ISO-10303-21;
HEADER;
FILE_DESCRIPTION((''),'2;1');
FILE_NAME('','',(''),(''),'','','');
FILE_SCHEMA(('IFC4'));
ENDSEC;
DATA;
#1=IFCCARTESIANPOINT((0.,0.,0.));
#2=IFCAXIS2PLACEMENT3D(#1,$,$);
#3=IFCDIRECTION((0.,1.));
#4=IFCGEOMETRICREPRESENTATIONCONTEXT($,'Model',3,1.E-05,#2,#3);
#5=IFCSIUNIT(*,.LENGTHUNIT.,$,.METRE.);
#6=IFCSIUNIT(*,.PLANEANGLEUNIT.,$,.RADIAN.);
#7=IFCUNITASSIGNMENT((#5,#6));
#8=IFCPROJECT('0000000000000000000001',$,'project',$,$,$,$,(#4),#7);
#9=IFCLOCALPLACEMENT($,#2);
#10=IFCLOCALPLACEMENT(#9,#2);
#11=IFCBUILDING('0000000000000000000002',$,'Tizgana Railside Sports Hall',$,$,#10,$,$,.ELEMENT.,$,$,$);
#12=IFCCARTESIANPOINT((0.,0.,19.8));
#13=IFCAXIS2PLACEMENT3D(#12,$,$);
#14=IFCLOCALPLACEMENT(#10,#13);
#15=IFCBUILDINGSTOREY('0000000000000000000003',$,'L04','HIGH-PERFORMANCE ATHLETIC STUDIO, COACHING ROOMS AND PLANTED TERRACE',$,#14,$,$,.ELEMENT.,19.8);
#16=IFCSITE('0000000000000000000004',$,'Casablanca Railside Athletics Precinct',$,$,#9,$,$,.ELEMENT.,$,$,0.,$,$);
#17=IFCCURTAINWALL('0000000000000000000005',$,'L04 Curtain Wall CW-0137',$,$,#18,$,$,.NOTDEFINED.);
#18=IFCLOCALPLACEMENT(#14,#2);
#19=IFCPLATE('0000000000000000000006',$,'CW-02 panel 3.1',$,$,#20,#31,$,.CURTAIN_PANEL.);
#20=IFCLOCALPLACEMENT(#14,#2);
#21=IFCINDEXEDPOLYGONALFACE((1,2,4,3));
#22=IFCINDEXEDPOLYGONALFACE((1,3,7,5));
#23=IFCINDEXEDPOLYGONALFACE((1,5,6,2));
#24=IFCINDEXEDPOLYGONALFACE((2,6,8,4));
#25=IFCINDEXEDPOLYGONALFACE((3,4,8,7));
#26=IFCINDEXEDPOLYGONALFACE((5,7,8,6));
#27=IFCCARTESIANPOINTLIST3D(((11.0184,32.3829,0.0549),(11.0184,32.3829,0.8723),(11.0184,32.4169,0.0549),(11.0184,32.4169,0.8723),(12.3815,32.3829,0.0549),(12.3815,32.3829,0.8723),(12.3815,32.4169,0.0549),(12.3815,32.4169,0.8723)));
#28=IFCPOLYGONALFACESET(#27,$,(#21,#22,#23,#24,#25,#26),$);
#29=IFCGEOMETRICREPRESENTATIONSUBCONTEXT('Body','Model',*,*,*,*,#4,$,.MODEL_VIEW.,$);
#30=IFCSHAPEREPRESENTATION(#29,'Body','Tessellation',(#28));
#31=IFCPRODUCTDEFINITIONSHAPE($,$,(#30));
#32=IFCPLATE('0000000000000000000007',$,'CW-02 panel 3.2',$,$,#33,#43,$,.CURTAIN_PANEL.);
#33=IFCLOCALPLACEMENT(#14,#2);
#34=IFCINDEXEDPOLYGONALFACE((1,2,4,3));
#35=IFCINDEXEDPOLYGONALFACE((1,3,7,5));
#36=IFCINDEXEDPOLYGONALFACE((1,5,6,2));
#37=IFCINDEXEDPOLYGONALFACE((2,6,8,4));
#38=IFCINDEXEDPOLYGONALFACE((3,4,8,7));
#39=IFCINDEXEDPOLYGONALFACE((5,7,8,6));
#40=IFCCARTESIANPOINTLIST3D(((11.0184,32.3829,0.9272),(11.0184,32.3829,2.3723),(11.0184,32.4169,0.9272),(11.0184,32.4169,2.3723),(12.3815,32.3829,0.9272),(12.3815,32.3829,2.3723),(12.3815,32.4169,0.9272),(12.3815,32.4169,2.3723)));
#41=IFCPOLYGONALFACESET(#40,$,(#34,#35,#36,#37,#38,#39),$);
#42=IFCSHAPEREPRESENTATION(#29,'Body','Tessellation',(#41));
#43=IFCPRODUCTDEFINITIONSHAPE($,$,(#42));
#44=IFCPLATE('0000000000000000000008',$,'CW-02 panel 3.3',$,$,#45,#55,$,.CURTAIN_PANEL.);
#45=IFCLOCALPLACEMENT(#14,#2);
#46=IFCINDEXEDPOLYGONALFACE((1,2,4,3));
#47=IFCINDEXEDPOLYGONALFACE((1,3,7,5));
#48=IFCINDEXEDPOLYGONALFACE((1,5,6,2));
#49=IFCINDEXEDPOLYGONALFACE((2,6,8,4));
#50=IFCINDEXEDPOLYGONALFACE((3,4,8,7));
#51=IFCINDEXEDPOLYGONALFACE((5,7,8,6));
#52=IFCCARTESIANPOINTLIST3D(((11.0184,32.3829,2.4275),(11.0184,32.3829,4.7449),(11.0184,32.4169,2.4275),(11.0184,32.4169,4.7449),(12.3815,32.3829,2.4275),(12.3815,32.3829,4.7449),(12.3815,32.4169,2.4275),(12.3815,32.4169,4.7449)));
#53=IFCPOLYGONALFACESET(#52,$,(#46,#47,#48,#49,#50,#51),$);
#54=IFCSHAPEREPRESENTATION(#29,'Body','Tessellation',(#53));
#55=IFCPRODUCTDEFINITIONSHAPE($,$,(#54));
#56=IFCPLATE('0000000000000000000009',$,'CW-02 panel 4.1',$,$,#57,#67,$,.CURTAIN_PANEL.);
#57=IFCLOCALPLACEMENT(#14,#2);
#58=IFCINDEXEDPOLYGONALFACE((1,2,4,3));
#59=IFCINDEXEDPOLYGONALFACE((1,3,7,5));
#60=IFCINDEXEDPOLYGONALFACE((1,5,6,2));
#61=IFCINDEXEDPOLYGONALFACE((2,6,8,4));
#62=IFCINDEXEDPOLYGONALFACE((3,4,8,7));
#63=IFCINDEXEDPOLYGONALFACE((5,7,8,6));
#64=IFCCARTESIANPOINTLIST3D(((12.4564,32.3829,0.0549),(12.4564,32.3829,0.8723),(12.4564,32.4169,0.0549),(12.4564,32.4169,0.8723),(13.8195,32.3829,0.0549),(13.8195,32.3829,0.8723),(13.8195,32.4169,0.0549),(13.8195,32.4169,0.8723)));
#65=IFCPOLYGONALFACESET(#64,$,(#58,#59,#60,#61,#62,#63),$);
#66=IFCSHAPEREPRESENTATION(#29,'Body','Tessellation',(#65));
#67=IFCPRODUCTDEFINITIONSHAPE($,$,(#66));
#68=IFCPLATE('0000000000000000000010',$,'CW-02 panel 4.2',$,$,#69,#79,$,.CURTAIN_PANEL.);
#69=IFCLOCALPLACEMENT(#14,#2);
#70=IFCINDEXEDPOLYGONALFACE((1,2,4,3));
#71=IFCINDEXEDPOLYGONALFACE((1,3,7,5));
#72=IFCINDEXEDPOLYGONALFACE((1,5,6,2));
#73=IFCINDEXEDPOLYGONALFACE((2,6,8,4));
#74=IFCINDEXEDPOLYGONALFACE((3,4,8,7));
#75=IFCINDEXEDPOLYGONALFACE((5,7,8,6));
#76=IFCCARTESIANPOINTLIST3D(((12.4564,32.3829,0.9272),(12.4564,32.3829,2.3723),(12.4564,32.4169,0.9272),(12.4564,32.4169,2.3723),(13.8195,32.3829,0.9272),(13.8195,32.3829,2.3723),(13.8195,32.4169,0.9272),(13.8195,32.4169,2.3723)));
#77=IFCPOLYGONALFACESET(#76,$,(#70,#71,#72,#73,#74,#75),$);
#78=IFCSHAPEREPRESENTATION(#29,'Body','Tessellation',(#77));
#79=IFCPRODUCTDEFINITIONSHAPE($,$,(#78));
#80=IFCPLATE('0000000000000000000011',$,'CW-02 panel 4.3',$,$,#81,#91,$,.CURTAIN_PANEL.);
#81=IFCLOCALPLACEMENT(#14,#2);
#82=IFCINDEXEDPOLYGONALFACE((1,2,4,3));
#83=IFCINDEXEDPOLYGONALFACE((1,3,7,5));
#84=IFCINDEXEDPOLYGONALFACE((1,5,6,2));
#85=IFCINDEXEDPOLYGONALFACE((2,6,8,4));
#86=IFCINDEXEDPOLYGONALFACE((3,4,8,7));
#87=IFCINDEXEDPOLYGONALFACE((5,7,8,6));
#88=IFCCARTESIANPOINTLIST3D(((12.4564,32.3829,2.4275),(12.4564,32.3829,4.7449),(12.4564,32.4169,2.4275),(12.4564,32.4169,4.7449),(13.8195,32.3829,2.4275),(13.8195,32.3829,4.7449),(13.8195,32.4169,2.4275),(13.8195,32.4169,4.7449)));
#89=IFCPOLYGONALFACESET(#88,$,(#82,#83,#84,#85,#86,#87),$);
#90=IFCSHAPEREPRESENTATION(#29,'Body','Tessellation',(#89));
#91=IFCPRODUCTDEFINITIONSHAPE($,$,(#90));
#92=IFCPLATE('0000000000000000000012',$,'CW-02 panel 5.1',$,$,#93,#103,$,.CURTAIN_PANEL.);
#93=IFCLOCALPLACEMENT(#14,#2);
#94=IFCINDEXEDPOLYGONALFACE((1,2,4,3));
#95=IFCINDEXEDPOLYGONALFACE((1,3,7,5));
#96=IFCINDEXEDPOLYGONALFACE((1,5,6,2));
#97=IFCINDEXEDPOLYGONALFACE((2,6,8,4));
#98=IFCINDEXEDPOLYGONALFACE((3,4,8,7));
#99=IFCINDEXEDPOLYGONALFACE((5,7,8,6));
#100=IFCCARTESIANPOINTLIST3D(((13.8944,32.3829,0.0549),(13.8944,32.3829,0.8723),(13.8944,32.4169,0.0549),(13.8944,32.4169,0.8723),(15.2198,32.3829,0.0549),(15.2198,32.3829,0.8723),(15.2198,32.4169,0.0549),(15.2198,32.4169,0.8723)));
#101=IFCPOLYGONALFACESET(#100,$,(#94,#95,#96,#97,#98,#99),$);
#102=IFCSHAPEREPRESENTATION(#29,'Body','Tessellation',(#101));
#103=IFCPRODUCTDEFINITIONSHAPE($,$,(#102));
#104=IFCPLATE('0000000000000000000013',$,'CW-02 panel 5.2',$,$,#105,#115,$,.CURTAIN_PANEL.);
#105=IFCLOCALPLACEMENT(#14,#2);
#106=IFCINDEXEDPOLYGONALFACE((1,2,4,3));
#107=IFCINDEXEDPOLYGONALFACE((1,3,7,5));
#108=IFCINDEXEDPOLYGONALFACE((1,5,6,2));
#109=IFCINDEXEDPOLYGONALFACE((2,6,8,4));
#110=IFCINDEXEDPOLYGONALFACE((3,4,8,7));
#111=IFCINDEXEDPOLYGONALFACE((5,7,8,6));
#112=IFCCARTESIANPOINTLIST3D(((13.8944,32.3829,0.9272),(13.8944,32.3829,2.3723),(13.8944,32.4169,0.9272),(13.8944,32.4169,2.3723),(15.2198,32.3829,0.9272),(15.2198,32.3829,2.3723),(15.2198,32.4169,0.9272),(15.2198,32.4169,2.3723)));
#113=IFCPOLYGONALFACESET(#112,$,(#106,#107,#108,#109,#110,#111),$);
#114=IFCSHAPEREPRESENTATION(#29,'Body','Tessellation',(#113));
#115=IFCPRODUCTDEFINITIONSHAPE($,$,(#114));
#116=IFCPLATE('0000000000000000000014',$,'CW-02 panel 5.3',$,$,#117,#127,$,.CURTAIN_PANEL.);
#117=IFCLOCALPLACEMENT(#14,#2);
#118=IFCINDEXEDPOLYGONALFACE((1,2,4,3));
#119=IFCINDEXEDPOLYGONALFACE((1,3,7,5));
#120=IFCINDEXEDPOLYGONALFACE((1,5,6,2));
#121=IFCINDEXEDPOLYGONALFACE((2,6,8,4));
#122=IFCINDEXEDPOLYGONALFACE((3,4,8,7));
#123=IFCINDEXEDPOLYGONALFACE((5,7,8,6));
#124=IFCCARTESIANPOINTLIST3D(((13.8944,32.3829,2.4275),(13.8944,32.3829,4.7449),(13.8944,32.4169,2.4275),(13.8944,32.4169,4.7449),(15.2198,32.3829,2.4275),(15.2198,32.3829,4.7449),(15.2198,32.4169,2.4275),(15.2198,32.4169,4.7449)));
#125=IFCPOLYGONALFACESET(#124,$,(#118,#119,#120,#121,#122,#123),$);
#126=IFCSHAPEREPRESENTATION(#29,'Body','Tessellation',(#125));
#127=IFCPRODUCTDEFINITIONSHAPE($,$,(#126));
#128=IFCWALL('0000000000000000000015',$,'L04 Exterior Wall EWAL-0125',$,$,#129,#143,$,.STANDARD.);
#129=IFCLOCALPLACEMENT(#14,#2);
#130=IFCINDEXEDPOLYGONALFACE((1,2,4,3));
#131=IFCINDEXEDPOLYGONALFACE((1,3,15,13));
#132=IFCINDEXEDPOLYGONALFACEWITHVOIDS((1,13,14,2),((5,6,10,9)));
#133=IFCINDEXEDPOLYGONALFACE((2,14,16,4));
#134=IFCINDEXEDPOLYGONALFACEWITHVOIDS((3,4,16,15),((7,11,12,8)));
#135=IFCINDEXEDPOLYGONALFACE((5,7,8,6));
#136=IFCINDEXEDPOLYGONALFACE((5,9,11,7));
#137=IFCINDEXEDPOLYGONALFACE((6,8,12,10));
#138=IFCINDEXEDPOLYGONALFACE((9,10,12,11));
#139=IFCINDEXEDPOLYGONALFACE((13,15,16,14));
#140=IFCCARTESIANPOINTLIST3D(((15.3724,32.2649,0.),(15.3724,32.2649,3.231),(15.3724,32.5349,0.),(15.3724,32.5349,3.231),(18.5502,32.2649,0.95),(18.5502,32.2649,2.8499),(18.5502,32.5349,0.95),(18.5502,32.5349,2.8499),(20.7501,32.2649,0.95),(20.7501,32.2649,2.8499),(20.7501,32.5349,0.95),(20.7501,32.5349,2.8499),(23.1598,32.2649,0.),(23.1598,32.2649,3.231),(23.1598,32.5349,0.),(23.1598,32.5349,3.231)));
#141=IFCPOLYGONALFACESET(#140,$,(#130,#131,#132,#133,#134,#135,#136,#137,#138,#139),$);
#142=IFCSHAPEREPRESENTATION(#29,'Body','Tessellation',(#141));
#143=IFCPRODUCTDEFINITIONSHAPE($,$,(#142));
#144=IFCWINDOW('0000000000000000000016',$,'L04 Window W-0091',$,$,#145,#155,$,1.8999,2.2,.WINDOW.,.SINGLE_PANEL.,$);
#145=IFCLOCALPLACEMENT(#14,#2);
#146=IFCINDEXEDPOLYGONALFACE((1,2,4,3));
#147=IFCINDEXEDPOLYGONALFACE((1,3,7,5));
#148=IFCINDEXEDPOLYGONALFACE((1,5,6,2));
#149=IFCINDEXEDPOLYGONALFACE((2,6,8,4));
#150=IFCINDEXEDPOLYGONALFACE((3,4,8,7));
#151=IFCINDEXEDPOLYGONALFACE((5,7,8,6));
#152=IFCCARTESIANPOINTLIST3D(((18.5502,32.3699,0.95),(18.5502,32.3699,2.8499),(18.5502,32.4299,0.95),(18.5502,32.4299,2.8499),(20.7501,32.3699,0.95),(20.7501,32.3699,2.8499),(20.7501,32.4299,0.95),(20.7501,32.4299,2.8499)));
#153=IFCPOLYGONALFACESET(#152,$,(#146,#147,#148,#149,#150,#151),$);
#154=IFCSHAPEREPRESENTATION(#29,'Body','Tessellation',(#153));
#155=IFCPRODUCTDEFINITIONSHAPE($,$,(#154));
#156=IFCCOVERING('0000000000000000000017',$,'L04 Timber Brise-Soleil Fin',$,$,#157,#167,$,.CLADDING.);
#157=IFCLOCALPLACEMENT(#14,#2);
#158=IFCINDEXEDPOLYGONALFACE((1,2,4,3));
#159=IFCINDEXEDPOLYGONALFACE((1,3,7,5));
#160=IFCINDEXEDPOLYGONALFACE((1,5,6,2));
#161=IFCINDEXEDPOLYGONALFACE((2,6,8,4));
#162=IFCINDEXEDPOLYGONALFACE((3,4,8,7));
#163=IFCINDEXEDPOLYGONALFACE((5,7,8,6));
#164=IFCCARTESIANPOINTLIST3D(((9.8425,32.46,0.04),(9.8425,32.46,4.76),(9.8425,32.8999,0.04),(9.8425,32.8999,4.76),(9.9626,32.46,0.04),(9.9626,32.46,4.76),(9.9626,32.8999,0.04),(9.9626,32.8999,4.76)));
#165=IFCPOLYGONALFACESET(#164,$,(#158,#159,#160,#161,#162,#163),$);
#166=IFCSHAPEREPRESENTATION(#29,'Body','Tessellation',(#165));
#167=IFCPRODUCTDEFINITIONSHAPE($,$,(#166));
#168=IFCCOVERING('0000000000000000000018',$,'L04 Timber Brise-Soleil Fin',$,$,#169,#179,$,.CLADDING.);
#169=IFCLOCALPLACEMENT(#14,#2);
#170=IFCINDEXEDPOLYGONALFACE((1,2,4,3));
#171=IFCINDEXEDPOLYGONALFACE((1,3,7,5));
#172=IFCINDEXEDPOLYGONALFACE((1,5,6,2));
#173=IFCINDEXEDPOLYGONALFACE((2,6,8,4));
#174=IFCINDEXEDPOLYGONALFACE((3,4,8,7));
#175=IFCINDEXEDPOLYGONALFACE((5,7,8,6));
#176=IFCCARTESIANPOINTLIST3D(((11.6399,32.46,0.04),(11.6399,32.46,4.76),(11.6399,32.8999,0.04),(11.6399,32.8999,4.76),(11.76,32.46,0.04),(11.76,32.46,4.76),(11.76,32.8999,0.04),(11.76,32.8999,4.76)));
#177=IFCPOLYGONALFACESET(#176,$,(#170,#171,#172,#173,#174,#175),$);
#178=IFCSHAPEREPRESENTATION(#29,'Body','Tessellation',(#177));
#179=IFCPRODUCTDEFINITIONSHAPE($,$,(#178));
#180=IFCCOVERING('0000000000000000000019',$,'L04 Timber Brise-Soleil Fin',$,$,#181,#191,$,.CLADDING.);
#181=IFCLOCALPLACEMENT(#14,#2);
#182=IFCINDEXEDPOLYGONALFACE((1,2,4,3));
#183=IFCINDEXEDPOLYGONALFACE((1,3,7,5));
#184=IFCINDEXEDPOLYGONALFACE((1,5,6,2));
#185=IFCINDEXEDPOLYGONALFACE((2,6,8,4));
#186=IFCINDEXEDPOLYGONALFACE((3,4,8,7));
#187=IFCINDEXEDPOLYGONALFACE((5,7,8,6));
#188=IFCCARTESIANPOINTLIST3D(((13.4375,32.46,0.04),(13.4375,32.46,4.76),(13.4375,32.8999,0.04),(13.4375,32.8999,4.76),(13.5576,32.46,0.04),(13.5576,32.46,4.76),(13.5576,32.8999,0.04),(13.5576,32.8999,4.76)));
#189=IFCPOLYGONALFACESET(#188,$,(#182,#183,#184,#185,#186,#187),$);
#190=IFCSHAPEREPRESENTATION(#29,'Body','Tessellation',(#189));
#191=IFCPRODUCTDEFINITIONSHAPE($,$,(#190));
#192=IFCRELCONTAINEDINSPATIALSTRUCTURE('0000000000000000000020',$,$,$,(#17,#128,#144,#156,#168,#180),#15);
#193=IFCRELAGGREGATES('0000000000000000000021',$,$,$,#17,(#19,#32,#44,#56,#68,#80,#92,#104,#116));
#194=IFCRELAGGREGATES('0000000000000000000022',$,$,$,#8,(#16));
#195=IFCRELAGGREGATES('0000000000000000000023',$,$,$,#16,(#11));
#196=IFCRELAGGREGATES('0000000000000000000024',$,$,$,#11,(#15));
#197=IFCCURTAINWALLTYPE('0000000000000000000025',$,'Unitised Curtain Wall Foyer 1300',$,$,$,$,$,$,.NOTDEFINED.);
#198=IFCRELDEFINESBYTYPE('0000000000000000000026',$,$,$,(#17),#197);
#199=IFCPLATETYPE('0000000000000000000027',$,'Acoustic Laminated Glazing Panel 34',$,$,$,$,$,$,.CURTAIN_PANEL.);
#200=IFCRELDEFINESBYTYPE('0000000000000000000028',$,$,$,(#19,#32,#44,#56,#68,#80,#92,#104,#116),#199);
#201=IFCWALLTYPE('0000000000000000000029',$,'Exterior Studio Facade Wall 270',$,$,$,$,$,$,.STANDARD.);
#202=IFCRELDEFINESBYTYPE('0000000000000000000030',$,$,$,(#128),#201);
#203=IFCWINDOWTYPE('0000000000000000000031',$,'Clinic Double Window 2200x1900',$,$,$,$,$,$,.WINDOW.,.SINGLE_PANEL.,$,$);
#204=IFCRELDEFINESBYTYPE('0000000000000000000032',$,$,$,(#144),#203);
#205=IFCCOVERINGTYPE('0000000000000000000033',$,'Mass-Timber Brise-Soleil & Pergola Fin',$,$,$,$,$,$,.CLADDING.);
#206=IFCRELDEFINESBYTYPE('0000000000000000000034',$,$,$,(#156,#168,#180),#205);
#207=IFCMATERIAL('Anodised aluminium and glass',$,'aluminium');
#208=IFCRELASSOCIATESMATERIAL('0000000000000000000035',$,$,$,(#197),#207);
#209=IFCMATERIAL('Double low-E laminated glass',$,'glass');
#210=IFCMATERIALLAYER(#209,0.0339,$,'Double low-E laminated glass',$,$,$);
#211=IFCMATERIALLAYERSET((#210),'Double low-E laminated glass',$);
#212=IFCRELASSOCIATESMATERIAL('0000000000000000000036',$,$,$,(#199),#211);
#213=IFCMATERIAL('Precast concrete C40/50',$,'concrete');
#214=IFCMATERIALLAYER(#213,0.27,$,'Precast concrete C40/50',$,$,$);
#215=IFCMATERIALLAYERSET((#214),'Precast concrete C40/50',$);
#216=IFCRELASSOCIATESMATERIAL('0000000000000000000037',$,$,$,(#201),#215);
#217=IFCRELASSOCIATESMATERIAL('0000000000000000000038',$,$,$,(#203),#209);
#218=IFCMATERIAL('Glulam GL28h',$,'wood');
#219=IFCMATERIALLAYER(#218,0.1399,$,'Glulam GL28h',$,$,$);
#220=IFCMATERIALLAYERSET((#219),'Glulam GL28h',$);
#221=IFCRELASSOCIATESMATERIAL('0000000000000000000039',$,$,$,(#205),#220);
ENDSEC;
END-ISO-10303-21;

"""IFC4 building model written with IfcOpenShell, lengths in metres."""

from ifc_helpers import new_model, si_unit, direction, frame, frame_2d, origin, origin_2d, place, context, subcontext, project, spatial, rectangle, extrude, material, layer, layer_set, type_object, element, fill, aggregate, save


model = new_model("IFC4")

# Units and contexts
model_context = context("Model", 3, precision=1e-05, world=origin(), true_north=direction((0.0, 1.0)))
body_context = subcontext(model_context, "Body", "Model", "MODEL_VIEW")
ifc_project = project(units=[si_unit("LENGTHUNIT", "METRE"), si_unit("PLANEANGLEUNIT", "RADIAN")], contexts=[model_context])

# Site, building, storey
site_placement = place(None, origin())
site = spatial("IfcSite", under=ifc_project, at=site_placement, Name="Casablanca Railside Athletics Precinct", CompositionType="ELEMENT", RefElevation=0.0)
building_placement = place(site_placement, origin())
building = spatial("IfcBuilding", under=site, at=building_placement, Name="Tizgana Railside Sports Hall", CompositionType="ELEMENT")
storey_placement = place(building_placement, frame((0.0, 0.0, 19.8)))
storey = spatial("IfcBuildingStorey", under=building, at=storey_placement, Name="L04", Description="HIGH-PERFORMANCE ATHLETIC STUDIO, COACHING ROOMS AND PLANTED TERRACE", CompositionType="ELEMENT", Elevation=19.8)

# Curtain wall
ifc_material_1 = material(Name="Anodised aluminium and glass", Category="aluminium")
curtain_wall_type = type_object("IfcCurtainWallType", Name="Unitised Curtain Wall Foyer 1300", PredefinedType="NOTDEFINED", material=ifc_material_1)
curtain_wall_placement = place(storey_placement, origin())
curtain_wall = element("IfcCurtainWall", 1, at=curtain_wall_placement, inside=storey, type_object=curtain_wall_type, Name="L04 Curtain Wall CW-0137", PredefinedType="NOTDEFINED")

# Plates
ifc_material_2 = material(Name="Double low-E laminated glass", Category="glass")
ifc_layer_1 = layer(ifc_material_2, 0.0339, Name="Double low-E laminated glass")
ifc_layer_set_1 = layer_set([ifc_layer_1], Name="Double low-E laminated glass")
plate_type = type_object("IfcPlateType", Name="Acoustic Laminated Glazing Panel 34", PredefinedType="CURTAIN_PANEL", material=ifc_layer_set_1)
plate_1_placement = place(storey_placement, frame((11.7, 32.3999, 0.0549), z_axis=(0.0, 0.0, 1.0), x_axis=(1.0, 0.0, 0.0)))
plate_1 = element("IfcPlate", 2, at=plate_1_placement, type_object=plate_type, Name="CW-02 panel 3.1", PredefinedType="CURTAIN_PANEL", context=body_context, shape_type="SweptSolid", body=[
    extrude(rectangle(XDim=1.363, YDim=0.0339, at=origin_2d()), origin(), (0.0, 0.0, 1.0), 0.8174),
])
plate_2_placement = place(storey_placement, frame((11.7, 32.3999, 0.9272), z_axis=(0.0, 0.0, 1.0), x_axis=(1.0, 0.0, 0.0)))
plate_2 = element("IfcPlate", 3, at=plate_2_placement, type_object=plate_type, Name="CW-02 panel 3.2", PredefinedType="CURTAIN_PANEL", context=body_context, shape_type="SweptSolid", body=[
    extrude(rectangle(XDim=1.363, YDim=0.0339, at=origin_2d()), origin(), (0.0, 0.0, 1.0), 1.4451),
])
plate_3_placement = place(storey_placement, frame((11.7, 32.3999, 2.4275), z_axis=(0.0, 0.0, 1.0), x_axis=(1.0, 0.0, 0.0)))
plate_3 = element("IfcPlate", 4, at=plate_3_placement, type_object=plate_type, Name="CW-02 panel 3.3", PredefinedType="CURTAIN_PANEL", context=body_context, shape_type="SweptSolid", body=[
    extrude(rectangle(XDim=1.363, YDim=0.0339, at=origin_2d()), origin(), (0.0, 0.0, 1.0), 2.3174),
])
plate_4_placement = place(storey_placement, frame((13.1379, 32.3999, 0.0549), z_axis=(0.0, 0.0, 1.0), x_axis=(1.0, 0.0, 0.0)))
plate_4 = element("IfcPlate", 5, at=plate_4_placement, type_object=plate_type, Name="CW-02 panel 4.1", PredefinedType="CURTAIN_PANEL", context=body_context, shape_type="SweptSolid", body=[
    extrude(rectangle(XDim=1.363, YDim=0.0339, at=origin_2d()), origin(), (0.0, 0.0, 1.0), 0.8174),
])
plate_5_placement = place(storey_placement, frame((13.1379, 32.3999, 0.9272), z_axis=(0.0, 0.0, 1.0), x_axis=(1.0, 0.0, 0.0)))
plate_5 = element("IfcPlate", 6, at=plate_5_placement, type_object=plate_type, Name="CW-02 panel 4.2", PredefinedType="CURTAIN_PANEL", context=body_context, shape_type="SweptSolid", body=[
    extrude(rectangle(XDim=1.363, YDim=0.0339, at=origin_2d()), origin(), (0.0, 0.0, 1.0), 1.4451),
])
plate_6_placement = place(storey_placement, frame((13.1379, 32.3999, 2.4275), z_axis=(0.0, 0.0, 1.0), x_axis=(1.0, 0.0, 0.0)))
plate_6 = element("IfcPlate", 7, at=plate_6_placement, type_object=plate_type, Name="CW-02 panel 4.3", PredefinedType="CURTAIN_PANEL", context=body_context, shape_type="SweptSolid", body=[
    extrude(rectangle(XDim=1.363, YDim=0.0339, at=origin_2d()), origin(), (0.0, 0.0, 1.0), 2.3174),
])
plate_7_placement = place(storey_placement, frame((14.5571, 32.3999, 0.0549), z_axis=(0.0, 0.0, 1.0), x_axis=(1.0, 0.0, 0.0)))
plate_7 = element("IfcPlate", 8, at=plate_7_placement, type_object=plate_type, Name="CW-02 panel 5.1", PredefinedType="CURTAIN_PANEL", context=body_context, shape_type="SweptSolid", body=[
    extrude(rectangle(XDim=1.3254, YDim=0.0339, at=origin_2d()), origin(), (0.0, 0.0, 1.0), 0.8174),
])
plate_8_placement = place(storey_placement, frame((14.5571, 32.3999, 0.9272), z_axis=(0.0, 0.0, 1.0), x_axis=(1.0, 0.0, 0.0)))
plate_8 = element("IfcPlate", 9, at=plate_8_placement, type_object=plate_type, Name="CW-02 panel 5.2", PredefinedType="CURTAIN_PANEL", context=body_context, shape_type="SweptSolid", body=[
    extrude(rectangle(XDim=1.3254, YDim=0.0339, at=origin_2d()), origin(), (0.0, 0.0, 1.0), 1.4451),
])
plate_9_placement = place(storey_placement, frame((14.5571, 32.3999, 2.4275), z_axis=(0.0, 0.0, 1.0), x_axis=(1.0, 0.0, 0.0)))
plate_9 = element("IfcPlate", 10, at=plate_9_placement, type_object=plate_type, Name="CW-02 panel 5.3", PredefinedType="CURTAIN_PANEL", context=body_context, shape_type="SweptSolid", body=[
    extrude(rectangle(XDim=1.3254, YDim=0.0339, at=origin_2d()), origin(), (0.0, 0.0, 1.0), 2.3174),
])
aggregate(curtain_wall, [plate_1, plate_2, plate_3, plate_4, plate_5, plate_6, plate_7, plate_8, plate_9])

# Wall, opening, window
ifc_material_3 = material(Name="Precast concrete C40/50", Category="concrete")
ifc_layer_2 = layer(ifc_material_3, 0.27, Name="Precast concrete C40/50")
ifc_layer_set_2 = layer_set([ifc_layer_2], Name="Precast concrete C40/50")
wall_type = type_object("IfcWallType", Name="Exterior Studio Facade Wall 270", PredefinedType="STANDARD", material=ifc_layer_set_2)
wall_placement = place(storey_placement, frame((15.3726, 32.3999, 0.0), z_axis=(0.0, 0.0, 1.0), x_axis=(1.0, 0.0, 0.0)))
wall = element("IfcWall", 11, at=wall_placement, inside=storey, type_object=wall_type, Name="L04 Exterior Wall EWAL-0125", PredefinedType="STANDARD", context=body_context, shape_type="SweptSolid", body=[
    extrude(rectangle(XDim=7.7874, YDim=0.27, at=frame_2d((3.8936, 0.0))), origin(), (0.0, 0.0, 1.0), 3.231),
])
opening_placement = place(wall_placement, frame((3.1775, 0.0, 0.95)))
opening = element("IfcOpeningElement", 12, at=opening_placement, cuts=wall, PredefinedType="OPENING", context=body_context, shape_type="SweptSolid", body=[
    extrude(rectangle(XDim=2.2, YDim=1.8999, at=frame_2d((1.1001, 0.95))), frame((0.0, 0.145, 0.0), z_axis=(0.0, -1.0, 0.0), x_axis=(1.0, 0.0, 0.0)), (0.0, 0.0, 1.0), 0.29),
])
window_type = type_object("IfcWindowType", Name="Clinic Double Window 2200x1900", PartitioningType="SINGLE_PANEL", PredefinedType="WINDOW", material=ifc_material_2)
window_placement = place(opening_placement, origin())
window = element("IfcWindow", 13, at=window_placement, inside=storey, type_object=window_type, Name="L04 Window W-0091", OverallHeight=1.8999, OverallWidth=2.2, PartitioningType="SINGLE_PANEL", PredefinedType="WINDOW", context=body_context, shape_type="SweptSolid", body=[
    extrude(rectangle(XDim=2.2, YDim=1.8999, at=frame_2d((1.1001, 0.95))), frame((0.0, 0.03, 0.0), z_axis=(0.0, -1.0, 0.0), x_axis=(1.0, 0.0, 0.0)), (0.0, 0.0, 1.0), 0.0601),
])
fill(opening, window)

# Coverings
ifc_material_4 = material(Name="Glulam GL28h", Category="wood")
ifc_layer_3 = layer(ifc_material_4, 0.1399, Name="Glulam GL28h")
ifc_layer_set_3 = layer_set([ifc_layer_3], Name="Glulam GL28h")
covering_type = type_object("IfcCoveringType", Name="Mass-Timber Brise-Soleil & Pergola Fin", PredefinedType="CLADDING", material=ifc_layer_set_3)
for number, where, z_axis, x_axis, name in (
    (14, (9.9026, 32.6799, 0.04), (0.0, 0.0, 1.0), (1.0, 0.0, 0.0), "L04 Timber Brise-Soleil Fin"),
    (15, (11.7, 32.6799, 0.04), (0.0, 0.0, 1.0), (1.0, 0.0, 0.0), "L04 Timber Brise-Soleil Fin"),
    (16, (13.4976, 32.6799, 0.04), (0.0, 0.0, 1.0), (1.0, 0.0, 0.0), "L04 Timber Brise-Soleil Fin"),
):
    element("IfcCovering", number, at=place(storey_placement, frame(where, z_axis=z_axis, x_axis=x_axis)), inside=storey, type_object=covering_type, Name=name, PredefinedType="CLADDING", context=body_context, shape_type="SweptSolid", body=[
        extrude(rectangle(XDim=0.1201, YDim=0.4399, at=origin_2d()), origin(), (0.0, 0.0, 1.0), 4.72),
    ])

save(model, "model.ifc")
